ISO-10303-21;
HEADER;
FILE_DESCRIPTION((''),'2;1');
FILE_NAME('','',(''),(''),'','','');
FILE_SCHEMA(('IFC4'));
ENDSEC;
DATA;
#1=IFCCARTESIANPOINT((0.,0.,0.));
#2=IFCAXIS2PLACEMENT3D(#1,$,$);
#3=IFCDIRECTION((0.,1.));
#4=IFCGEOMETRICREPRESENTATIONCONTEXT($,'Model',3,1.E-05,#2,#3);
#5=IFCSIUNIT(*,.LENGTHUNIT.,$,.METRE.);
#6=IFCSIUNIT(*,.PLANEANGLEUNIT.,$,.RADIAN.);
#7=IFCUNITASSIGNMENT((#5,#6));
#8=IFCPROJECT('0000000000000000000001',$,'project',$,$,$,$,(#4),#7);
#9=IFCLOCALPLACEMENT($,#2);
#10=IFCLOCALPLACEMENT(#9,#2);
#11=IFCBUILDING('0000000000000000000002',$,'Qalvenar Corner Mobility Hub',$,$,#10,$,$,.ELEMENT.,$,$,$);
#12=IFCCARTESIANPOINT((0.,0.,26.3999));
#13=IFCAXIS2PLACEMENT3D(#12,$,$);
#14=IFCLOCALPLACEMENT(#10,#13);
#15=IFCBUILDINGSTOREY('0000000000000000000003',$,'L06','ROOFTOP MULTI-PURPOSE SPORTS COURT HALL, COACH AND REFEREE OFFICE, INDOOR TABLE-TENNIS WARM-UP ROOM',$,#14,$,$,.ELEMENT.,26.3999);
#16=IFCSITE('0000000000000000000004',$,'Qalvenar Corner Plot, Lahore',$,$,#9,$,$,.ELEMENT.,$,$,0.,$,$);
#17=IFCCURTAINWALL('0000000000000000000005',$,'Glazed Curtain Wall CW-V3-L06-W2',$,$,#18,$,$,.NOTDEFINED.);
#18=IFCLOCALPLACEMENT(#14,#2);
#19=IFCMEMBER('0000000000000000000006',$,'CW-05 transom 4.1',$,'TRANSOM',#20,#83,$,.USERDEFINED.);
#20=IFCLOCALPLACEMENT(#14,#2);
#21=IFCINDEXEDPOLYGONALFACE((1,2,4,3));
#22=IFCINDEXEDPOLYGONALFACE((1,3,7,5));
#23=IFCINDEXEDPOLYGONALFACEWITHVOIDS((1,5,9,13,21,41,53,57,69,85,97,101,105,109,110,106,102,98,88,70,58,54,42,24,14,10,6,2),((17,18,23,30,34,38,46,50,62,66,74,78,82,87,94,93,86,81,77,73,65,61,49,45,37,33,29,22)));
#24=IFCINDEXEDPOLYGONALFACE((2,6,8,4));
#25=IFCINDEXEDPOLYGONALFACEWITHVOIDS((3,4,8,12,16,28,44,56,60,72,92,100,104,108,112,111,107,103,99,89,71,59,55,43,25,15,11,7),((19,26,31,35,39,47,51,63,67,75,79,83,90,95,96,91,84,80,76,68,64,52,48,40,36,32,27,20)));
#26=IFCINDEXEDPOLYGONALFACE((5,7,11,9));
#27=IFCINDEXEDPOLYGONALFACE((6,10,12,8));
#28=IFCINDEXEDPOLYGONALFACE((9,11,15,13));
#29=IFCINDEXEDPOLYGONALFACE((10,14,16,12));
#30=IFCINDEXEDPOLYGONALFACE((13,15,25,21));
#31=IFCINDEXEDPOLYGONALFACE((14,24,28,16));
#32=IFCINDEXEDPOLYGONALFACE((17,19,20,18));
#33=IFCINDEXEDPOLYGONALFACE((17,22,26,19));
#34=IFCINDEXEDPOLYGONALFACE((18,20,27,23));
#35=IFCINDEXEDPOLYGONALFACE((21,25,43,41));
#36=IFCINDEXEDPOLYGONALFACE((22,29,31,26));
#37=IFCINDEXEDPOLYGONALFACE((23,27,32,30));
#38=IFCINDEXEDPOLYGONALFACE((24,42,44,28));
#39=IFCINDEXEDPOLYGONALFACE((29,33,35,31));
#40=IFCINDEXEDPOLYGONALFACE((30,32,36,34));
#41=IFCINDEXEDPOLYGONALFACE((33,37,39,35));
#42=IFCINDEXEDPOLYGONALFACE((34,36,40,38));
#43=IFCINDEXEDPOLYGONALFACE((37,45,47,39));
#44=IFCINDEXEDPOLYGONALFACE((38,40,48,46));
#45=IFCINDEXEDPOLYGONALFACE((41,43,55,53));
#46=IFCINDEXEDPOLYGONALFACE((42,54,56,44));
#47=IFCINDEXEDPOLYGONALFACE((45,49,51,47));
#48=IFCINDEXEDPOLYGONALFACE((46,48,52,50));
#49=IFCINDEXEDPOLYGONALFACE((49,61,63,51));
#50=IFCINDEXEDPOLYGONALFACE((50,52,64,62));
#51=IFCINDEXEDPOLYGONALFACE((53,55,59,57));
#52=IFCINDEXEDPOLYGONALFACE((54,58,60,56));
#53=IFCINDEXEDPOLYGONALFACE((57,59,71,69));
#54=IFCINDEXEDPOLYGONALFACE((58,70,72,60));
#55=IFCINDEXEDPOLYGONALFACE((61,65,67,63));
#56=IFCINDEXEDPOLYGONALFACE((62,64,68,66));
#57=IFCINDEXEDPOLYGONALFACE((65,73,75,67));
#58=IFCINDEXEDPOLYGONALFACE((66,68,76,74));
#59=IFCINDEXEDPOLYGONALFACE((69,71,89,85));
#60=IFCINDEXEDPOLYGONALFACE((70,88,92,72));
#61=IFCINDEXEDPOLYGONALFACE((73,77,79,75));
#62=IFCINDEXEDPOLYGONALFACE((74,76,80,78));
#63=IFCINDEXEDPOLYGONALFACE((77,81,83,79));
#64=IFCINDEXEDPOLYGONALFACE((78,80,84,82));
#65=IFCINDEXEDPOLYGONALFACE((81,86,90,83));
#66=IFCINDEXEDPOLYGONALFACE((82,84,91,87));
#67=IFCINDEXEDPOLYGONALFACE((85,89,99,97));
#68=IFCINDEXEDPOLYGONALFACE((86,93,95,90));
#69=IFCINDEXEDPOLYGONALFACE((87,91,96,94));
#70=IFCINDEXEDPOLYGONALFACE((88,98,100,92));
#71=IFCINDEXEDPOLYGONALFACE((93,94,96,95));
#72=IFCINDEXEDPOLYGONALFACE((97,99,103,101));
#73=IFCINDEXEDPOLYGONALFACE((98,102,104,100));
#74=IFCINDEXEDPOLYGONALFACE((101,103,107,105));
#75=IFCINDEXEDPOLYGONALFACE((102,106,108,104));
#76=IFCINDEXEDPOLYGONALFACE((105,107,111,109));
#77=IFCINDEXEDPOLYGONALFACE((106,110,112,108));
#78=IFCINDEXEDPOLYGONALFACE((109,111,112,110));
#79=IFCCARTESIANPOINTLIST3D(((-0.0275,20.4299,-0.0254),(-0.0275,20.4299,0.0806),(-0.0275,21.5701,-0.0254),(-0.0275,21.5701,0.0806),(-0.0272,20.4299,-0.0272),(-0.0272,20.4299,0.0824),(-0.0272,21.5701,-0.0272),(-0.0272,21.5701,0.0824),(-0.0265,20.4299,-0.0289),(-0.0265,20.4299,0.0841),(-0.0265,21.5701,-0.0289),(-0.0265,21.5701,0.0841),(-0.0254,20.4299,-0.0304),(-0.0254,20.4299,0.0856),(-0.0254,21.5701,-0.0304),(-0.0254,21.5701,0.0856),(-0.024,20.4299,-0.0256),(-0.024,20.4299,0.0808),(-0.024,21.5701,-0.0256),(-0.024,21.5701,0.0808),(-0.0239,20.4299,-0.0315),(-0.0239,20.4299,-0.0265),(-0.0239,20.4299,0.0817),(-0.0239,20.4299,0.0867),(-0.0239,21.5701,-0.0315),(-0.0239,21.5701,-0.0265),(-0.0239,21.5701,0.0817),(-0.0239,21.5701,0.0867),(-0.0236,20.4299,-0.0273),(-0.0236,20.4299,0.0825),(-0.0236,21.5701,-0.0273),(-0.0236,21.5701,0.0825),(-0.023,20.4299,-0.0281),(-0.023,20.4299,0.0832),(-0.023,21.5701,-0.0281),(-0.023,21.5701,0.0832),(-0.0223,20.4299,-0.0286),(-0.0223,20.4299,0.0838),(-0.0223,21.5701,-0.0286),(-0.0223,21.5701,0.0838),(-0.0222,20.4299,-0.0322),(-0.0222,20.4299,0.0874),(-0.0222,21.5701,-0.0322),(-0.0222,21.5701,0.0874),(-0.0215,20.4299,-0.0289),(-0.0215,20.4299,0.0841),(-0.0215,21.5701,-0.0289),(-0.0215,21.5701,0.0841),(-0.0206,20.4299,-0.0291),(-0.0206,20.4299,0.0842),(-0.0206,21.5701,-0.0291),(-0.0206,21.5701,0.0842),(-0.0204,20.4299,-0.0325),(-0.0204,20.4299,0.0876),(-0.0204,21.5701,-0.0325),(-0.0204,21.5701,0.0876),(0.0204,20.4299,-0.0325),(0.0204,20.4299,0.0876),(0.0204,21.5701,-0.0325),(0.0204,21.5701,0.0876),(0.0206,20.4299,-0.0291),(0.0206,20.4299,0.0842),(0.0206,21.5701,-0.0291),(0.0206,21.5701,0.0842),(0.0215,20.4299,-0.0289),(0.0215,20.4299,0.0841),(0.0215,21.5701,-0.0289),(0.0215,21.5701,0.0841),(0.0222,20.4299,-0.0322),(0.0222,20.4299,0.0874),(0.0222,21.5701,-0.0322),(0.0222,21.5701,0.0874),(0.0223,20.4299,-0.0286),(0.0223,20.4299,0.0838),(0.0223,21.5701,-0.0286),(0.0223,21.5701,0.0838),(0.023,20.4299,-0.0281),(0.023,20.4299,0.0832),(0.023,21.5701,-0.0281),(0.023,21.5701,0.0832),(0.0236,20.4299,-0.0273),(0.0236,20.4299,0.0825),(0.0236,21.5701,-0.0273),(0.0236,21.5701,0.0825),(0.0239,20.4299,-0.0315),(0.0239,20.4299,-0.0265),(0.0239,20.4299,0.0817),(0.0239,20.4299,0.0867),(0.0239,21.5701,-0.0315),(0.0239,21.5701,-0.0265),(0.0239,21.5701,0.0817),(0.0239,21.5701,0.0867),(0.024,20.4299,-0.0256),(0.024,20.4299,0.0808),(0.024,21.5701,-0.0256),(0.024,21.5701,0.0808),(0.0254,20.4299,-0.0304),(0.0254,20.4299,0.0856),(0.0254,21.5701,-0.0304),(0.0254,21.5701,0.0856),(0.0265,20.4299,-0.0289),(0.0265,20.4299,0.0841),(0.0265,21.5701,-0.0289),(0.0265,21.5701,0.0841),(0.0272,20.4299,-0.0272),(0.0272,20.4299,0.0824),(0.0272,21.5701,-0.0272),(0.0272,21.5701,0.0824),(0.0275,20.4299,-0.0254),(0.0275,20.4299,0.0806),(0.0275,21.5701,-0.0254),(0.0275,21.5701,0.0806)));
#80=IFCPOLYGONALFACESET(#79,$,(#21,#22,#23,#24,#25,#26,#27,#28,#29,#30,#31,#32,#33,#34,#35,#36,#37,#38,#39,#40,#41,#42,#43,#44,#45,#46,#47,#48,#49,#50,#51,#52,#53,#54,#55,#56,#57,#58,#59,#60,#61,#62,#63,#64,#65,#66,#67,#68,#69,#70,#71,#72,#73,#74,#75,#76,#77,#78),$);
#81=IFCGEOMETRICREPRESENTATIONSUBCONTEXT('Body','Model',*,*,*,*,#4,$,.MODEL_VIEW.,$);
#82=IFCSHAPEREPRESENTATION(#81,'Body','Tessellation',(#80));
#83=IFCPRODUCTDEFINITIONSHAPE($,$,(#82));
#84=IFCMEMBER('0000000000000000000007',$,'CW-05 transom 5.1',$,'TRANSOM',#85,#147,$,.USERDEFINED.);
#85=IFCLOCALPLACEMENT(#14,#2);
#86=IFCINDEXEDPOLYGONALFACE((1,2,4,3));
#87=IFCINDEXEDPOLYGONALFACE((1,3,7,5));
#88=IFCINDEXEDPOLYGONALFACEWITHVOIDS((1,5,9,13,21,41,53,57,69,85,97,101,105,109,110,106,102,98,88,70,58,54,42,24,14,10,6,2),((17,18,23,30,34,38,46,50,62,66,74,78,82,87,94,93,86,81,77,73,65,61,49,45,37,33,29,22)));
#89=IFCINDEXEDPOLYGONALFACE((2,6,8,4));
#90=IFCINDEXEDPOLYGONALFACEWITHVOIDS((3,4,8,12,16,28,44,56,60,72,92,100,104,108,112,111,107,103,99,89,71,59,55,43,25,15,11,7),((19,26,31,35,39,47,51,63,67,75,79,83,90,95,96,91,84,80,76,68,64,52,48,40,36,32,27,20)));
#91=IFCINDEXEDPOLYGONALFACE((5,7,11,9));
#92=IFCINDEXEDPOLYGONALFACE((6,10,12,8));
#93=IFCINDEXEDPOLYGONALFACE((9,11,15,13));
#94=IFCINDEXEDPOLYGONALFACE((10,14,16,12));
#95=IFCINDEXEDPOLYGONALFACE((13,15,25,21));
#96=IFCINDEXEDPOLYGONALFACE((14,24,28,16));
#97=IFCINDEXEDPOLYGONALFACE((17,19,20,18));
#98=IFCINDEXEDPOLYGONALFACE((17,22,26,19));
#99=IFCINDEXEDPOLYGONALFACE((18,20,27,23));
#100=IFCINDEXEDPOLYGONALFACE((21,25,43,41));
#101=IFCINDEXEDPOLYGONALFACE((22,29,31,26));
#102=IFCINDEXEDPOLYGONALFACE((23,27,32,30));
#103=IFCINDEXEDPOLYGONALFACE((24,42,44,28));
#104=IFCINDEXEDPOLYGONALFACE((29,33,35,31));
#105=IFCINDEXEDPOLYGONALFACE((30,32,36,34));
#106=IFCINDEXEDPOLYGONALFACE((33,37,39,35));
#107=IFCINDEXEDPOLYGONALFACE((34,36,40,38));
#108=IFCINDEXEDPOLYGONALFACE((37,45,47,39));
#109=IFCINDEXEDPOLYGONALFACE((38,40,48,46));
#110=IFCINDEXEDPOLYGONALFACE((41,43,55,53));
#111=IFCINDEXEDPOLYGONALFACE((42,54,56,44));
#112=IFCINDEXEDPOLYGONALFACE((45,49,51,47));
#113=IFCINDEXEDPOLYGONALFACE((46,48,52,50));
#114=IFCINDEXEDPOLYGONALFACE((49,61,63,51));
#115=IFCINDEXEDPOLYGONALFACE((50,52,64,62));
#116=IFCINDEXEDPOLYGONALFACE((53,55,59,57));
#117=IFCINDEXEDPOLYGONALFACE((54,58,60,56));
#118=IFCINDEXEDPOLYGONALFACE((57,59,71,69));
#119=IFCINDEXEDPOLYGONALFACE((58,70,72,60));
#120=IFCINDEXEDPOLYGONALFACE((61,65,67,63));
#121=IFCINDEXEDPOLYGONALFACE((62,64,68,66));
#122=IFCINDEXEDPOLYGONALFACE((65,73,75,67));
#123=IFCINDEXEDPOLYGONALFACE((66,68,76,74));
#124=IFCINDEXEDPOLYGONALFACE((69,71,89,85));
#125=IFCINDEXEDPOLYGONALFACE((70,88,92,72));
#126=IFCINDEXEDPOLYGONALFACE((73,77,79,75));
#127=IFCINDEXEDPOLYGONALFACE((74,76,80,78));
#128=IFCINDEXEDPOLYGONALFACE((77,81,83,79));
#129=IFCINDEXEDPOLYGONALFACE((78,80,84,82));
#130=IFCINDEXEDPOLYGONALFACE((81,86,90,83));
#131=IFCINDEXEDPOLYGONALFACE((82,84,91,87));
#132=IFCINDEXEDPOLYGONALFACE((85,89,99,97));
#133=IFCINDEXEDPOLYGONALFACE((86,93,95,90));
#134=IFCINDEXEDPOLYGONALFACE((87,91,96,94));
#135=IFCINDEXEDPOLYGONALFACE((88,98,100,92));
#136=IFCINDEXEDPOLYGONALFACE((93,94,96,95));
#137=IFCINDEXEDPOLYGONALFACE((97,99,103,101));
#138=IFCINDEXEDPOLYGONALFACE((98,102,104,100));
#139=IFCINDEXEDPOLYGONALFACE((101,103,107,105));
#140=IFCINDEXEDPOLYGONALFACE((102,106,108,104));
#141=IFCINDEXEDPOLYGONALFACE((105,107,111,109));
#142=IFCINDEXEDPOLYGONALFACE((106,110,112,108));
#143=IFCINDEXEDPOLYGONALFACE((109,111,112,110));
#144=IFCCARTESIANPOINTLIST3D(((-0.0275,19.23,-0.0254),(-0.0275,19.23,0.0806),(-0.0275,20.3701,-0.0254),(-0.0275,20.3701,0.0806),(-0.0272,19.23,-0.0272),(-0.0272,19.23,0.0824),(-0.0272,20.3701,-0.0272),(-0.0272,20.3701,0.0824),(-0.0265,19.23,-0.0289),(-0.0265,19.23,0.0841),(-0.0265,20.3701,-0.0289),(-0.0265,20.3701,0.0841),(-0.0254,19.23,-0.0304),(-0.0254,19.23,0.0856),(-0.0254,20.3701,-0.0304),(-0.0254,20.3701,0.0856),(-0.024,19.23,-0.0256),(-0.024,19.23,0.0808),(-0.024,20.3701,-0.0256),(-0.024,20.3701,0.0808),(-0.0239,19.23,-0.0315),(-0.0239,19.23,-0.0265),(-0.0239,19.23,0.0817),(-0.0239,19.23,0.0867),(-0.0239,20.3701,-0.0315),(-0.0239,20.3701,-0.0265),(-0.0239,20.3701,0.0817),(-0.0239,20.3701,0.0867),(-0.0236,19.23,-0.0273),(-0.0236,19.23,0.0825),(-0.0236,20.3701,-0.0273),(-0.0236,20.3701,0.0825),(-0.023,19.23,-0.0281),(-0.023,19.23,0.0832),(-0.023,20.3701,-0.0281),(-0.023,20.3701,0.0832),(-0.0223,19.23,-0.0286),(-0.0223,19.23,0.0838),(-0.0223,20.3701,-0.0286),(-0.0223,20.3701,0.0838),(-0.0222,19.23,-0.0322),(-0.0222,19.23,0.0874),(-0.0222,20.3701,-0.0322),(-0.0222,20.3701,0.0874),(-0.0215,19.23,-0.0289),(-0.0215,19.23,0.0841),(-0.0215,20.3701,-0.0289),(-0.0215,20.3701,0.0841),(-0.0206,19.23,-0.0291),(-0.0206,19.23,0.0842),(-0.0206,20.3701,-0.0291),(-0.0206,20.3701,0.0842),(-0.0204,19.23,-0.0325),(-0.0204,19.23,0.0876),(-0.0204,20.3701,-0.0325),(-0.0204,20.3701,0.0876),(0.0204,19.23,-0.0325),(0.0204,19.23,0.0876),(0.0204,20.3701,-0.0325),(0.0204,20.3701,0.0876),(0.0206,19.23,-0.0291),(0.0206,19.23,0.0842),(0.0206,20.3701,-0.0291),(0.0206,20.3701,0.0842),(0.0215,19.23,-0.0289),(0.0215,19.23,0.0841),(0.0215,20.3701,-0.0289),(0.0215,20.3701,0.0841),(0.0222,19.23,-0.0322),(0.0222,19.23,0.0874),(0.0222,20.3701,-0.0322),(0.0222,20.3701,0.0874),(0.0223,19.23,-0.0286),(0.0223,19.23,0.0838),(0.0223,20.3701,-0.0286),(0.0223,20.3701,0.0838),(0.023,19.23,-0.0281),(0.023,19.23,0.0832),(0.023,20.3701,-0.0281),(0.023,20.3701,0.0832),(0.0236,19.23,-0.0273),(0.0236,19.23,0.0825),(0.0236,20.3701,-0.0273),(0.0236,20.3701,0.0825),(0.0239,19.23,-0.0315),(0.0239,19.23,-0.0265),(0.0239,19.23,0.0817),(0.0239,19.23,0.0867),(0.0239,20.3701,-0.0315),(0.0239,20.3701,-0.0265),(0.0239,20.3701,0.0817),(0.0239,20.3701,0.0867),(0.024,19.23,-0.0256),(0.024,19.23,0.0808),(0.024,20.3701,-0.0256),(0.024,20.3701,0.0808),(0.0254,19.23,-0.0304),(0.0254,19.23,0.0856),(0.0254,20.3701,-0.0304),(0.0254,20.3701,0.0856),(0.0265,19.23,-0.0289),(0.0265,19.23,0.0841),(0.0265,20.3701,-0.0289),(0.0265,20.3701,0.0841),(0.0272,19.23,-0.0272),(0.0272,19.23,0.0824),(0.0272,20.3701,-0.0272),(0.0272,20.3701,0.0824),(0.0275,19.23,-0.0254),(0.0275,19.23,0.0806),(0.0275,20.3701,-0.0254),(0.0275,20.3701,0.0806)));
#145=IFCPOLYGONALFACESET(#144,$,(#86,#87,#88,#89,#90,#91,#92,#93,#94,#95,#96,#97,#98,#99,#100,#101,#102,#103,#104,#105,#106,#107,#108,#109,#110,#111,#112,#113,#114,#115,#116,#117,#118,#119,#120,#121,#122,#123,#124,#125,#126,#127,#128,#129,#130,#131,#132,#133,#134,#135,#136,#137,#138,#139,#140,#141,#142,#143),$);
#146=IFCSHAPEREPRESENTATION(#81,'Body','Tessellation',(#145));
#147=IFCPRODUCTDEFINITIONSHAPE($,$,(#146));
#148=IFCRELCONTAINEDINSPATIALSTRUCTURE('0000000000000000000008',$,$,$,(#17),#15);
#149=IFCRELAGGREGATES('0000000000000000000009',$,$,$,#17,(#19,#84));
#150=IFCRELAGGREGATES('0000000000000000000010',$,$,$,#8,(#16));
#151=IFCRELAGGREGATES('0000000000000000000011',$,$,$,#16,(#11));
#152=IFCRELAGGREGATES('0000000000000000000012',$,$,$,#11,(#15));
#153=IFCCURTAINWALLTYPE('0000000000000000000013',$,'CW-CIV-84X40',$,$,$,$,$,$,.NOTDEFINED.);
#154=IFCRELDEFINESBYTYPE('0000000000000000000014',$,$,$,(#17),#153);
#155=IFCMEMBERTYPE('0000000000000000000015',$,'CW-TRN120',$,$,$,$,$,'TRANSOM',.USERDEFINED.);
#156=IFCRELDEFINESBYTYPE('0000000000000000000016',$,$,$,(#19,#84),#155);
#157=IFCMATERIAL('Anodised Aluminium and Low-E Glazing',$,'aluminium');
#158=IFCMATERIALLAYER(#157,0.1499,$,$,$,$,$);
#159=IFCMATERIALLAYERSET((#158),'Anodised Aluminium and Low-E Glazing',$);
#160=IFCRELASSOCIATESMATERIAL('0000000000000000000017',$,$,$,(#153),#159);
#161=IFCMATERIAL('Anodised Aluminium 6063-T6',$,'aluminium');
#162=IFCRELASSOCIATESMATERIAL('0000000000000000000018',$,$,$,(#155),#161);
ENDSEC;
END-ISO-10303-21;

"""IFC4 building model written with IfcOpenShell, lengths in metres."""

from ifc_helpers import new_model, si_unit, direction, frame, origin, origin_2d, place, context, subcontext, project, spatial, hollow_rectangle, extrude, material, layer, layer_set, material_profile, profile_set, type_object, element, aggregate, save


model = new_model("IFC4")

# Units and contexts
model_context = context("Model", 3, precision=1e-05, world=origin(), true_north=direction((0.0, 1.0)))
body_context = subcontext(model_context, "Body", "Model", "MODEL_VIEW")
ifc_project = project(units=[si_unit("LENGTHUNIT", "METRE"), si_unit("PLANEANGLEUNIT", "RADIAN")], contexts=[model_context])

# Site, building, storey
site_placement = place(None, origin())
site = spatial("IfcSite", under=ifc_project, at=site_placement, Name="Qalvenar Corner Plot, Lahore", CompositionType="ELEMENT", RefElevation=0.0)
building_placement = place(site_placement, origin())
building = spatial("IfcBuilding", under=site, at=building_placement, Name="Qalvenar Corner Mobility Hub", CompositionType="ELEMENT")
storey_placement = place(building_placement, frame((0.0, 0.0, 26.3999)))
storey = spatial("IfcBuildingStorey", under=building, at=storey_placement, Name="L06", Description="ROOFTOP MULTI-PURPOSE SPORTS COURT HALL, COACH AND REFEREE OFFICE, INDOOR TABLE-TENNIS WARM-UP ROOM", CompositionType="ELEMENT", Elevation=26.3999)

# Curtain wall, members
ifc_material_1 = material(Name="Anodised Aluminium and Low-E Glazing", Category="aluminium")
ifc_layer_1 = layer(ifc_material_1, 0.1499)
ifc_layer_set_1 = layer_set([ifc_layer_1], Name="Anodised Aluminium and Low-E Glazing")
curtain_wall_type = type_object("IfcCurtainWallType", Name="CW-CIV-84X40", PredefinedType="NOTDEFINED", material=ifc_layer_set_1)
curtain_wall_placement = place(storey_placement, origin())
curtain_wall = element("IfcCurtainWall", 1, at=curtain_wall_placement, inside=storey, type_object=curtain_wall_type, Name="Glazed Curtain Wall CW-V3-L06-W2", PredefinedType="NOTDEFINED")
ifc_material_2 = material(Name="Anodised Aluminium 6063-T6", Category="aluminium")
ifc_material_profile_1 = material_profile(ifc_material_2, hollow_rectangle(XDim=0.0549, YDim=0.1201, WallThickness=0.0034, InnerFilletRadius=0.0034, OuterFilletRadius=0.0071, at=origin_2d()), Name="RHS120x55x3.5")
ifc_profile_set_1 = profile_set([ifc_material_profile_1], Name="Anodised Aluminium 6063-T6")
member_type_1 = type_object("IfcMemberType", Name="CW-TRN120", ElementType="TRANSOM", PredefinedType="USERDEFINED", material=ifc_profile_set_1)
member_1_placement = place(storey_placement, frame((0.0, 21.5701, 0.0276), z_axis=(0.0, -1.0, 0.0), x_axis=(1.0, 0.0, 0.0)))
member_1 = element("IfcMember", 2, at=member_1_placement, type_object=member_type_1, Name="CW-05 transom 4.1", ObjectType="TRANSOM", PredefinedType="USERDEFINED", context=body_context, shape_type="SweptSolid", body=[
    extrude(hollow_rectangle(XDim=0.0549, YDim=0.1201, WallThickness=0.0034, InnerFilletRadius=0.0034, OuterFilletRadius=0.0071, at=origin_2d()), origin(), (0.0, 0.0, 1.0), 1.1401),
])
member_2_placement = place(storey_placement, frame((0.0, 20.3701, 0.0276), z_axis=(0.0, -1.0, 0.0), x_axis=(1.0, 0.0, 0.0)))
member_2 = element("IfcMember", 3, at=member_2_placement, type_object=member_type_1, Name="CW-05 transom 5.1", ObjectType="TRANSOM", PredefinedType="USERDEFINED", context=body_context, shape_type="SweptSolid", body=[
    extrude(hollow_rectangle(XDim=0.0549, YDim=0.1201, WallThickness=0.0034, InnerFilletRadius=0.0034, OuterFilletRadius=0.0071, at=origin_2d()), origin(), (0.0, 0.0, 1.0), 1.1401),
])

aggregate(curtain_wall, [member_1, member_2])

save(model, "model.ifc")
